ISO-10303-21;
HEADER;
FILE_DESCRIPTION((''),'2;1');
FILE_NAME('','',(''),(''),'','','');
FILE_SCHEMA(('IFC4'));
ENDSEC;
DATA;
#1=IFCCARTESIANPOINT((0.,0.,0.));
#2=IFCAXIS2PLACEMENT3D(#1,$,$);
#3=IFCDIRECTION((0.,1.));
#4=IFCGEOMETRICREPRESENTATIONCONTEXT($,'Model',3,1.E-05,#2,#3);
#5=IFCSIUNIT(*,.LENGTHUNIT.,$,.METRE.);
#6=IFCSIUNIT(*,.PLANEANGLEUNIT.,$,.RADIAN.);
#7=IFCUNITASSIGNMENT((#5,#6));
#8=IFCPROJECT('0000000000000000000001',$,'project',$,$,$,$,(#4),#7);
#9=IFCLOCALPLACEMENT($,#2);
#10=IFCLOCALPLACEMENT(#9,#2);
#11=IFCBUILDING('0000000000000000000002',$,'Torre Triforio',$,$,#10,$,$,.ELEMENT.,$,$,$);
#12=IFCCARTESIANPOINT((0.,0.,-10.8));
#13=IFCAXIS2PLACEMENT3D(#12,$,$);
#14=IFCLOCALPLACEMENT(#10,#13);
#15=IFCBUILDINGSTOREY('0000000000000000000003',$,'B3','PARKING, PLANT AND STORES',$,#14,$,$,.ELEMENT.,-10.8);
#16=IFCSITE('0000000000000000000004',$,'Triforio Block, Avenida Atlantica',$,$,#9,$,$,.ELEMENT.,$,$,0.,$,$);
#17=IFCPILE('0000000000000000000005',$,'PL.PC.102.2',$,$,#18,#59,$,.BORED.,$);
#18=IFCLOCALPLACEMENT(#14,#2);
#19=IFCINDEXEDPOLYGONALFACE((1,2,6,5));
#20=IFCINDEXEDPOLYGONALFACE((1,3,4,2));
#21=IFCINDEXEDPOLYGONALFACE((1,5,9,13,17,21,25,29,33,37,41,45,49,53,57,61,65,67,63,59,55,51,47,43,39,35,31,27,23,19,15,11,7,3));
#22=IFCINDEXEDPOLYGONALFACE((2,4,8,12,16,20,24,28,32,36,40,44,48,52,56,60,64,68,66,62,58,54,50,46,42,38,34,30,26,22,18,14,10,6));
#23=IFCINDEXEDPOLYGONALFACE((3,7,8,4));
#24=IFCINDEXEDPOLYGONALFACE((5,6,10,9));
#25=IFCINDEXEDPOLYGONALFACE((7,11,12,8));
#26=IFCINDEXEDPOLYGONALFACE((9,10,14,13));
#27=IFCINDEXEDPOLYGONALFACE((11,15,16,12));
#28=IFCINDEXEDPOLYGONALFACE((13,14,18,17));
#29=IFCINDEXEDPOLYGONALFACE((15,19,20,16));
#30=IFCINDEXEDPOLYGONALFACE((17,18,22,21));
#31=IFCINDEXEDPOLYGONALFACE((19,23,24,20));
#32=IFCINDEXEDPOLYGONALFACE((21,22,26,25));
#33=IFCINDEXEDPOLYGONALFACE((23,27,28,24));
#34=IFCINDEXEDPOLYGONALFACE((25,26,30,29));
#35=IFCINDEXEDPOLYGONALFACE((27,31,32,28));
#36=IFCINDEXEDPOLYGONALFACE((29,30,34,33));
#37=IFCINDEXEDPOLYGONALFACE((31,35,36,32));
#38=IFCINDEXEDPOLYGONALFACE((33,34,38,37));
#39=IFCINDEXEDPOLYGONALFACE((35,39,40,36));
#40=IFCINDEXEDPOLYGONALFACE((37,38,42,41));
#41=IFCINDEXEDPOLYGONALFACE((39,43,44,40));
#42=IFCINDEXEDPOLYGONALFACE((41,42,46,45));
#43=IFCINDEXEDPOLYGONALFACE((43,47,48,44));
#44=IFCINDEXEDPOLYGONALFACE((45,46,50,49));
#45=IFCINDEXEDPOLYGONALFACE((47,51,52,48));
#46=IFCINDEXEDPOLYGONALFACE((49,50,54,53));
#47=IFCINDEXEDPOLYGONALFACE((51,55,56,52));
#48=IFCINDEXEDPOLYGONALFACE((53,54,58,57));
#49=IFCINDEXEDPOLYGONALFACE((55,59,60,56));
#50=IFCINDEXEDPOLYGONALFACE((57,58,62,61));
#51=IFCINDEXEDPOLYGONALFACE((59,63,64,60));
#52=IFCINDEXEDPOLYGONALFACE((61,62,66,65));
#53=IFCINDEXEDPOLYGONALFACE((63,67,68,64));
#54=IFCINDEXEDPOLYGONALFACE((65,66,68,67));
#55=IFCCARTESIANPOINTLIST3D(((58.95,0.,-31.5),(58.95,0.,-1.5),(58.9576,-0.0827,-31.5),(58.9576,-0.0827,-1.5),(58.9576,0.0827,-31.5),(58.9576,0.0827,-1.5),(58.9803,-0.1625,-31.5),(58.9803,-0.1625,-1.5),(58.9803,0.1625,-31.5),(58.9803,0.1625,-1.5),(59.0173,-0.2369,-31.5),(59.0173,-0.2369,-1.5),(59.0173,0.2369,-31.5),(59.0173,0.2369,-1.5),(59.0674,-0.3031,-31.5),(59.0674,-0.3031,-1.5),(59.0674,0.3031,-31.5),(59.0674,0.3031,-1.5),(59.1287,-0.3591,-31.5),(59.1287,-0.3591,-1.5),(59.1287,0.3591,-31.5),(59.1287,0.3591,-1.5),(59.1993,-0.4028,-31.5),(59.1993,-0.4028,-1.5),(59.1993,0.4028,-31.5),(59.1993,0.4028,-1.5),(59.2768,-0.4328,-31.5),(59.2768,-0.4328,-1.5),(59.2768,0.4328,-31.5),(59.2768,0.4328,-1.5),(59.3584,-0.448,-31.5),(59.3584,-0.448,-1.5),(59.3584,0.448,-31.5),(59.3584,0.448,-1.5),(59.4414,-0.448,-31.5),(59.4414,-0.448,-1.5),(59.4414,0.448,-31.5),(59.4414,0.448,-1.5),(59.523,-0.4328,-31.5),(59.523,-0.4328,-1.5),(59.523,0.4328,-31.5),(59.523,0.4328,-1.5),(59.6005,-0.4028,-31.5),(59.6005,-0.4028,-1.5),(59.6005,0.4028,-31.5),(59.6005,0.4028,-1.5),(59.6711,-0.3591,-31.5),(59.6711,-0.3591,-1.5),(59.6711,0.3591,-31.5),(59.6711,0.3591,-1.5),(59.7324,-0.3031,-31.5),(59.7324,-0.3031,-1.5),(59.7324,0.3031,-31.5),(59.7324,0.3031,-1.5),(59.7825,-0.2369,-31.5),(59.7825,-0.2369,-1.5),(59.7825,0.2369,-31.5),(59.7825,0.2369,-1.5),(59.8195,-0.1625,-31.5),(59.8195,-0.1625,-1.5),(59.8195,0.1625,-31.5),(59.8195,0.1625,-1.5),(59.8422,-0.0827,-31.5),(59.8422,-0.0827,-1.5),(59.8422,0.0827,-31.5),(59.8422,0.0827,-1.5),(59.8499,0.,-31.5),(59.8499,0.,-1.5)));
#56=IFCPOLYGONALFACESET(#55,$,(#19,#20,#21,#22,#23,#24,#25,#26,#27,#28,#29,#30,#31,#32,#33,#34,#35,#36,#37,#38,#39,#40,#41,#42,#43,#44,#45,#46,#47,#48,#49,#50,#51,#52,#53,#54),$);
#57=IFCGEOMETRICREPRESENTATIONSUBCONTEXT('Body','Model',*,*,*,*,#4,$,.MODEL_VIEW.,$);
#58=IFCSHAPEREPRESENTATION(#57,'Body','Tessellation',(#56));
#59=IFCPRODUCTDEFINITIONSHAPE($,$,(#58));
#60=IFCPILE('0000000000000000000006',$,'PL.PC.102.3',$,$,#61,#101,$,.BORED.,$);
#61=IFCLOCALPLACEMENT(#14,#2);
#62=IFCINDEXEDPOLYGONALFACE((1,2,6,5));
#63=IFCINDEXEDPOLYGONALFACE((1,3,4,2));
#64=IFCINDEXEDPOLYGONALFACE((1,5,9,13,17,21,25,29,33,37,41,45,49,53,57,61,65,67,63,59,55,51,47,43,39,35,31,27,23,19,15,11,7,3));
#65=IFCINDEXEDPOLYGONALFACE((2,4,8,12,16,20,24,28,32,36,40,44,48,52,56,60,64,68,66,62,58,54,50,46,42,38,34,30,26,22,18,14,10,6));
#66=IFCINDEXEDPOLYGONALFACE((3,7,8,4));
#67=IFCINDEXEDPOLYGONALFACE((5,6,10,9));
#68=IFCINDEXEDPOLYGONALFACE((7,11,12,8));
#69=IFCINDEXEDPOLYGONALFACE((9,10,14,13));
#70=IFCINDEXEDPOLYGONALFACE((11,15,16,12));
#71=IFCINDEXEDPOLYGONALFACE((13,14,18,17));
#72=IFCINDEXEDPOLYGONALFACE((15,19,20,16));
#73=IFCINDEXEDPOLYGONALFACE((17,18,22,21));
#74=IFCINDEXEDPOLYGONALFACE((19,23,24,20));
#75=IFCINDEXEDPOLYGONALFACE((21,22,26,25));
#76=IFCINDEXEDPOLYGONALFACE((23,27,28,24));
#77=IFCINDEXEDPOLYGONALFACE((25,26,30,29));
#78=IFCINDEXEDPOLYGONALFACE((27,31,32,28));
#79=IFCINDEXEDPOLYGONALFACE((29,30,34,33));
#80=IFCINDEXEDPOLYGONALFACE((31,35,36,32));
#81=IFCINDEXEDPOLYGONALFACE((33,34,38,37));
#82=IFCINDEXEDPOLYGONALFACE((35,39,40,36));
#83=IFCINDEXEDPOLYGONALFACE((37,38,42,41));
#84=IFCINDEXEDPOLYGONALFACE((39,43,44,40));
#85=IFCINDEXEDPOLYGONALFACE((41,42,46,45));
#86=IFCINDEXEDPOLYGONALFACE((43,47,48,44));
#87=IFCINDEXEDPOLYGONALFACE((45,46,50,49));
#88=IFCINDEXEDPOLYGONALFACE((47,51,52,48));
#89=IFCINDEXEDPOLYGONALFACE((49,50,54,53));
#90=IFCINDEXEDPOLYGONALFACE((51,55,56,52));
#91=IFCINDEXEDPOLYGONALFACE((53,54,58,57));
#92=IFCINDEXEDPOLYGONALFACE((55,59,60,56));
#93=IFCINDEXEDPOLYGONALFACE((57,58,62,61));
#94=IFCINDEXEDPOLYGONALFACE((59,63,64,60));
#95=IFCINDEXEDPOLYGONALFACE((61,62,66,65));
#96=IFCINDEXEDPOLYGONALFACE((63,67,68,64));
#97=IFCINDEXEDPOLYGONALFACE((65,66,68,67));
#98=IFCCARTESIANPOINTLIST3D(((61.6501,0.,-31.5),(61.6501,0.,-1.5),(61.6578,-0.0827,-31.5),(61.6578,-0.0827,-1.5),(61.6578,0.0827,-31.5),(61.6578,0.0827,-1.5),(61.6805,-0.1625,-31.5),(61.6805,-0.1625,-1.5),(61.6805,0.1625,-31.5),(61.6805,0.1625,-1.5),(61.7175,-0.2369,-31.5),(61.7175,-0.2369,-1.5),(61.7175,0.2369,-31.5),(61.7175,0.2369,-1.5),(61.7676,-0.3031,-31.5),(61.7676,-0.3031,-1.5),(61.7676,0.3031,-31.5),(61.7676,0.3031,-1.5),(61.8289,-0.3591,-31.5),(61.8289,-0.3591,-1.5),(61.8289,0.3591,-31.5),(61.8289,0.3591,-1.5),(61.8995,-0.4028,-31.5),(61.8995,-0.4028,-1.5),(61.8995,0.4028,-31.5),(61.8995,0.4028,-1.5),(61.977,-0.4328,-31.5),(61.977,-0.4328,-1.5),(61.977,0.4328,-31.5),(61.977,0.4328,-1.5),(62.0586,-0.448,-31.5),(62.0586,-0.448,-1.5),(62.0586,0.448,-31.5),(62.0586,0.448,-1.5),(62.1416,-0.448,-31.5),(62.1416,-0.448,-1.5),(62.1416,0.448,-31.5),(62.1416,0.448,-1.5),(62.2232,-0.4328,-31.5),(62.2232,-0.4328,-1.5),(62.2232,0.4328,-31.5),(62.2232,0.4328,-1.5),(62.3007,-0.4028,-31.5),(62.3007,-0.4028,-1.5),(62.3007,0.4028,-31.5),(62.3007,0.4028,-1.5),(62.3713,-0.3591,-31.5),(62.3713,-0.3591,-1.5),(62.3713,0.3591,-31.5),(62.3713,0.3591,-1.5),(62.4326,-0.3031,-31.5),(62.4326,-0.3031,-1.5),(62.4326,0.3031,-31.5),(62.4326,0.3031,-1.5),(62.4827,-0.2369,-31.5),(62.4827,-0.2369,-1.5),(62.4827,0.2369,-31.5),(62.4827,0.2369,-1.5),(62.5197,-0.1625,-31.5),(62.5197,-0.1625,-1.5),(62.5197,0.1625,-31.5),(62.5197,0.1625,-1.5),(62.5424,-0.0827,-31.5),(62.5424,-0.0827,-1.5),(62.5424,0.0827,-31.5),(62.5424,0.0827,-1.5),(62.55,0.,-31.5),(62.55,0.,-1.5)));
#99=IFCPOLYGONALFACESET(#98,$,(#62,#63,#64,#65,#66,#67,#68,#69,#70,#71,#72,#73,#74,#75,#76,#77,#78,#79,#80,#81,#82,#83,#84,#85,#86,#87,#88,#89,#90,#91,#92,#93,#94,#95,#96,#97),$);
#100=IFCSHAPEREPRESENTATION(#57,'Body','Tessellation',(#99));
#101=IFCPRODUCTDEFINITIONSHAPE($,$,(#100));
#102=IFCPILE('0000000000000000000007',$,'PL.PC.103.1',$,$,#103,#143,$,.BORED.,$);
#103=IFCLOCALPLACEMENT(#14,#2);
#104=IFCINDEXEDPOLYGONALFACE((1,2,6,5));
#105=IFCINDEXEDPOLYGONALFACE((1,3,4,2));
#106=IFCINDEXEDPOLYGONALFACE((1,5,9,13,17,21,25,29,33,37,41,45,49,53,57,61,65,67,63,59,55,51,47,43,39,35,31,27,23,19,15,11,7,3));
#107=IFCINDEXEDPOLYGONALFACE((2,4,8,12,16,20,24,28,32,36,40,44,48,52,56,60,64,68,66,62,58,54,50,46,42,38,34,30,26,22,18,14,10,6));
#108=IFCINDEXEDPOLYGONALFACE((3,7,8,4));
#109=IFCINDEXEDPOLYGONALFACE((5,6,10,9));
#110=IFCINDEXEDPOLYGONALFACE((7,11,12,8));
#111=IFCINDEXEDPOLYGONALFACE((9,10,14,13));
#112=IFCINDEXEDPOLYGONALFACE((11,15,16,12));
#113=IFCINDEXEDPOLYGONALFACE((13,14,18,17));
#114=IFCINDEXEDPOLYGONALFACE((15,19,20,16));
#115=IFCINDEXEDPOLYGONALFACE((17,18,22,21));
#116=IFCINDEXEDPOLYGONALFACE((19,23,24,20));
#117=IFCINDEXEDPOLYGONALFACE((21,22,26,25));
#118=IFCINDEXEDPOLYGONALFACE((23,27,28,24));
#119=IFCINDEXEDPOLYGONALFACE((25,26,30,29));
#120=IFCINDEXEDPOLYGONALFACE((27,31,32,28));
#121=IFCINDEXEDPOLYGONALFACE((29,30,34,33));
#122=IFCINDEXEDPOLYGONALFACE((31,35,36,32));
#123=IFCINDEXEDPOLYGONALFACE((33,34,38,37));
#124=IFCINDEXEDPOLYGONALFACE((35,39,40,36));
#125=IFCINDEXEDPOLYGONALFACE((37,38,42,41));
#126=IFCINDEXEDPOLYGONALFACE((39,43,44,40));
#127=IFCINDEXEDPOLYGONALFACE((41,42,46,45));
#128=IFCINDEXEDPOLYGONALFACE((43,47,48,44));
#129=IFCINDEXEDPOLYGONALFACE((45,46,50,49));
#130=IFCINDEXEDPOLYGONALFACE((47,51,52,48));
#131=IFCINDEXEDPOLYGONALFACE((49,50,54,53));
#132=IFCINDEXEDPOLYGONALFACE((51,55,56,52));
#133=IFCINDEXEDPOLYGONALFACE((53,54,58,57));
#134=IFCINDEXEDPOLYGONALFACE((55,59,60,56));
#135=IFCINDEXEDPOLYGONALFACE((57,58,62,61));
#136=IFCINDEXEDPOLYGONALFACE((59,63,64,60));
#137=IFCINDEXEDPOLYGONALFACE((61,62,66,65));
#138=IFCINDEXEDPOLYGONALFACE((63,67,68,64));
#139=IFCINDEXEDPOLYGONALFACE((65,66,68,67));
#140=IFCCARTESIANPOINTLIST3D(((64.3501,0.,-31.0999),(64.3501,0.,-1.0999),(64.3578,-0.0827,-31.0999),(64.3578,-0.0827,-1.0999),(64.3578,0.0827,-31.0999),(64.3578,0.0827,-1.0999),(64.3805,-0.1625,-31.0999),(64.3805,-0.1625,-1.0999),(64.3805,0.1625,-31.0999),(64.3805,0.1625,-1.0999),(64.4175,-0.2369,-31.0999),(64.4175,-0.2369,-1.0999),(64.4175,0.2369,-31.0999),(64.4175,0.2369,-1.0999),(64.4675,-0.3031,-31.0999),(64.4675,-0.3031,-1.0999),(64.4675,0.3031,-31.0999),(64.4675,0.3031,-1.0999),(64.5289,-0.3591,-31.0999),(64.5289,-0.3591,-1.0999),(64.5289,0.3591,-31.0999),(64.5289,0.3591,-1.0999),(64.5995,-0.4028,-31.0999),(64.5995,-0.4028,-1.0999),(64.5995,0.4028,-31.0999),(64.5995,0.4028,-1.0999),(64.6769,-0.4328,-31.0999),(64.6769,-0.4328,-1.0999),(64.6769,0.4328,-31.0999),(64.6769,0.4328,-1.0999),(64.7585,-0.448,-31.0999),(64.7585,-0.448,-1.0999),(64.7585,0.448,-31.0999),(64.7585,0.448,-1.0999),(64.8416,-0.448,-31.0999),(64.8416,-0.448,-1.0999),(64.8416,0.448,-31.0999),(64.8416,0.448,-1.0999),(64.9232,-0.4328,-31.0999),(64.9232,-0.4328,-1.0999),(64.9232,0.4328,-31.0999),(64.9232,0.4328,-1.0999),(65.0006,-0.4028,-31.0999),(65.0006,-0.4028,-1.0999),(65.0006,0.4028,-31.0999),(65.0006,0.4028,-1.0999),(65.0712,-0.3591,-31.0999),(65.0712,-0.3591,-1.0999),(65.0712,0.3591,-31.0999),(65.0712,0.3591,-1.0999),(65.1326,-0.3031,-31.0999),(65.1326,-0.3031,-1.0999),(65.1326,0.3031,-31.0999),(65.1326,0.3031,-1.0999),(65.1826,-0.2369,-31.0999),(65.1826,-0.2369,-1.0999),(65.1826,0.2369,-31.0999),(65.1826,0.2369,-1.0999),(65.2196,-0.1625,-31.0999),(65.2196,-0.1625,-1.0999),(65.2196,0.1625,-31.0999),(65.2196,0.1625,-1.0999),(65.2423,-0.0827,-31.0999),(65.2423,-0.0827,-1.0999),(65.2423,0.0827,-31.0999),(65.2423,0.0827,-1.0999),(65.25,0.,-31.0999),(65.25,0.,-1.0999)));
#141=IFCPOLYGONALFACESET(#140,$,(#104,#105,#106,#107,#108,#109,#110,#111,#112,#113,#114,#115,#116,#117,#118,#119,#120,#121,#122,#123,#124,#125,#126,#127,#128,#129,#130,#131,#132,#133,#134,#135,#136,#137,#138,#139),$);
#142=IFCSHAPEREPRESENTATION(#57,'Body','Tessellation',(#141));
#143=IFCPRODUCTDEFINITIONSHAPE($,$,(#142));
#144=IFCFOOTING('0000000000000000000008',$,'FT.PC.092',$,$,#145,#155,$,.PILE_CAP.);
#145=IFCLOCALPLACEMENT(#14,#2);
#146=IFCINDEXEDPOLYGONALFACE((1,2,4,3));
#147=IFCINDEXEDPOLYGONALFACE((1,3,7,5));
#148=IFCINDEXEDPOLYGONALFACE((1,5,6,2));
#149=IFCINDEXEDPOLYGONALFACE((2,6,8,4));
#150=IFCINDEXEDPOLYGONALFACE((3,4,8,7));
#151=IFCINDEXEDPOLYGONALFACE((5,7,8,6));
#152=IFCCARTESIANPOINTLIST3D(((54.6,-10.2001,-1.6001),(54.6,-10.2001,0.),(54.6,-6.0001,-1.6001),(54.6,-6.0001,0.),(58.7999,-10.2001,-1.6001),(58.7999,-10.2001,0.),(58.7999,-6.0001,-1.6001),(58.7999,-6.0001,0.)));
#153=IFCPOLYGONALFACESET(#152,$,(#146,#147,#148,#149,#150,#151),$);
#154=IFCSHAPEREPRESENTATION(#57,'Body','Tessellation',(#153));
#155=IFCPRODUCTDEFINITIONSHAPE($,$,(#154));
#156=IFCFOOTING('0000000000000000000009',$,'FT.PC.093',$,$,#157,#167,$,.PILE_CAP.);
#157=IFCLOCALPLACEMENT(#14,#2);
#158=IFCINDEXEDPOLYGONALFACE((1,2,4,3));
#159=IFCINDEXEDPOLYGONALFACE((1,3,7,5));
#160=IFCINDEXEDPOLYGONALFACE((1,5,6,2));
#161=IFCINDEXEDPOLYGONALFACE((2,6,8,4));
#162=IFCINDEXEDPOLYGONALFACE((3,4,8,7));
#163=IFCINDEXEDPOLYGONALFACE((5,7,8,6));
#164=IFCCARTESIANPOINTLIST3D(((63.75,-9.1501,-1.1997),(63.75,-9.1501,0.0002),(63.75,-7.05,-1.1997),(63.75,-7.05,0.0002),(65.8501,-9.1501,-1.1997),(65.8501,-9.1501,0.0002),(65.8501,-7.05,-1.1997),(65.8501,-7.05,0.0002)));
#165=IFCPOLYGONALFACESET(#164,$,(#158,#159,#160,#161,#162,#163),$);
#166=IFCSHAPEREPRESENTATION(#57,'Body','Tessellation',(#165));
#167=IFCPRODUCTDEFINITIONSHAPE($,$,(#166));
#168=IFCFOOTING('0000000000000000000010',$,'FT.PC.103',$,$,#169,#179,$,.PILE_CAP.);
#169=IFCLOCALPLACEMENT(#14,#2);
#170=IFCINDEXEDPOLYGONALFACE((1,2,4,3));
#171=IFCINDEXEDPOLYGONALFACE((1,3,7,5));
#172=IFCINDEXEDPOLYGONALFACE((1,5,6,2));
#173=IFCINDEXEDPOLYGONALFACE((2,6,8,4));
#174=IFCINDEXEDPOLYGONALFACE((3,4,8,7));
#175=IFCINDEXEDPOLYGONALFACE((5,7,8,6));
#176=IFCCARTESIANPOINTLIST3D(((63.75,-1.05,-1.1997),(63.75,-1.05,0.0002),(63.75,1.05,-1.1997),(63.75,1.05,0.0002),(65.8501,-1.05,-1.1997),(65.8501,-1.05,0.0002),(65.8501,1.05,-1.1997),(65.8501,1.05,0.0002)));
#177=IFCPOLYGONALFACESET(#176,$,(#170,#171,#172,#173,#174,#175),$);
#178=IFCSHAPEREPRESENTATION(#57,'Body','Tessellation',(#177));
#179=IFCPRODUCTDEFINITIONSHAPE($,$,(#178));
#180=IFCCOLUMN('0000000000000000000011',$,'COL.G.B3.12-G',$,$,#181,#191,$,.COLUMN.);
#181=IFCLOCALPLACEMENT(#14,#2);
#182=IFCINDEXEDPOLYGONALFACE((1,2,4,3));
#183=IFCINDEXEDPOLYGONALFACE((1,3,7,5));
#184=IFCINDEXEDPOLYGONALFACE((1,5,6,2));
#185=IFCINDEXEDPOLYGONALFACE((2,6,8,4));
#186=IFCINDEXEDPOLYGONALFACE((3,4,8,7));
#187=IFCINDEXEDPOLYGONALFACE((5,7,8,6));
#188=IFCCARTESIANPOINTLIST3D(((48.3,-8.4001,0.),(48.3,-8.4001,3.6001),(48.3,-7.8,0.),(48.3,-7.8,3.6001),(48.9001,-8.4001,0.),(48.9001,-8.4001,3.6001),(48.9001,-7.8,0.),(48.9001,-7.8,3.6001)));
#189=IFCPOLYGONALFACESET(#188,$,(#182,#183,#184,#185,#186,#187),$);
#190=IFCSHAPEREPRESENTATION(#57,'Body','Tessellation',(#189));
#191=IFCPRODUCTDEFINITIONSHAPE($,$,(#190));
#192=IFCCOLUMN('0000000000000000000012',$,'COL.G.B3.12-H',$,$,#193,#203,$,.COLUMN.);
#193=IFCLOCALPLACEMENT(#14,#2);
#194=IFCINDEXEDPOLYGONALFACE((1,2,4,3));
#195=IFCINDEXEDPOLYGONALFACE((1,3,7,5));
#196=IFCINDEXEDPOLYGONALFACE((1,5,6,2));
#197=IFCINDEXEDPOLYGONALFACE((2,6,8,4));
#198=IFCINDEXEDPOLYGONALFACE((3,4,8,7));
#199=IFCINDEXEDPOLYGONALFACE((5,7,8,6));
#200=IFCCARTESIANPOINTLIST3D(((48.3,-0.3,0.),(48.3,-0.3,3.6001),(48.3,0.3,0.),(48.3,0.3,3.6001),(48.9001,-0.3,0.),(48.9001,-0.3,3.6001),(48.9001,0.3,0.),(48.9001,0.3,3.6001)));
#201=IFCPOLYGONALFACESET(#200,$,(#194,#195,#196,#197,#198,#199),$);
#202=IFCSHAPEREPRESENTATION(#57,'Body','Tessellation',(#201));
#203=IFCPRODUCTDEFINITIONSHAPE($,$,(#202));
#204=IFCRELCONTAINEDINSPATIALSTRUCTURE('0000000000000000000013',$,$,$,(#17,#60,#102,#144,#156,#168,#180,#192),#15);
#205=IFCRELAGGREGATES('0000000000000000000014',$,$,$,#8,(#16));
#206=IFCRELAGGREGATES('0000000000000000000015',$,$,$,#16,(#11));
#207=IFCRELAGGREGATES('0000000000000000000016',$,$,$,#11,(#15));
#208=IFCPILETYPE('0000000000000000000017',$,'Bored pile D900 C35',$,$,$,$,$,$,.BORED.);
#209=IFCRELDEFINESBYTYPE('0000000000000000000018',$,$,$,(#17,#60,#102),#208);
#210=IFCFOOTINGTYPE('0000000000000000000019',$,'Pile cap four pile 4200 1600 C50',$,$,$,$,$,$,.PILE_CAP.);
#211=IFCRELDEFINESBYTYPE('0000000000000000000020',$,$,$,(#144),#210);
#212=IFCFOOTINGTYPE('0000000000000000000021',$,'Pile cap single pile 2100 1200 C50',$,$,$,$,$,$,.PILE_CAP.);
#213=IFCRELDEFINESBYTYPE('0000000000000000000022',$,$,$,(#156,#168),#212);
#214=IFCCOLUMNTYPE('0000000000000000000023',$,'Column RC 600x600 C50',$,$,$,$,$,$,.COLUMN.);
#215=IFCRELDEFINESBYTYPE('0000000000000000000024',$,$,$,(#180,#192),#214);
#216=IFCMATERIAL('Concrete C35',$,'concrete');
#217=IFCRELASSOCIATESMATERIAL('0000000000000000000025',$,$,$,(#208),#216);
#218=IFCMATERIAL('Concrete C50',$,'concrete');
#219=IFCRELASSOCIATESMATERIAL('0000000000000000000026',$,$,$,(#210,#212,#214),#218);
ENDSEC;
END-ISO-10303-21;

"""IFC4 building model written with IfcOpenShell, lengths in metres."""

from ifc_helpers import new_model, si_unit, direction, frame, origin, origin_2d, place, context, subcontext, project, spatial, rectangle, circle, extrude, material, material_profile, profile_set, type_object, element, save


model = new_model("IFC4")

# Units and contexts
model_context = context("Model", 3, precision=1e-05, world=origin(), true_north=direction((0.0, 1.0)))
body_context = subcontext(model_context, "Body", "Model", "MODEL_VIEW")
ifc_project = project(units=[si_unit("LENGTHUNIT", "METRE"), si_unit("PLANEANGLEUNIT", "RADIAN")], contexts=[model_context])

# Site, building, storey
site_placement = place(None, origin())
site = spatial("IfcSite", under=ifc_project, at=site_placement, Name="Triforio Block, Avenida Atlantica", CompositionType="ELEMENT", RefElevation=0.0)
building_placement = place(site_placement, origin())
building = spatial("IfcBuilding", under=site, at=building_placement, Name="Torre Triforio", CompositionType="ELEMENT")
storey_placement = place(building_placement, frame((0.0, 0.0, -10.8)))
storey = spatial("IfcBuildingStorey", under=building, at=storey_placement, Name="B3", Description="PARKING, PLANT AND STORES", CompositionType="ELEMENT", Elevation=-10.8)

# Piles
ifc_material_1 = material(Name="Concrete C35", Category="concrete")
ifc_material_profile_1 = material_profile(ifc_material_1, circle(Radius=0.45, at=origin_2d()), Name="RC D900")
ifc_profile_set_1 = profile_set([ifc_material_profile_1], Name="Concrete C35")
pile_type = type_object("IfcPileType", Name="Bored pile D900 C35", PredefinedType="BORED", material=ifc_profile_set_1)
for number, where, z_axis, x_axis, name in (
    (1, (59.3999, 0.0, -1.5), (0.0, 0.0, -1.0), (1.0, 0.0, 0.0), "PL.PC.102.2"),
    (2, (62.1001, 0.0, -1.5), (0.0, 0.0, -1.0), (1.0, 0.0, 0.0), "PL.PC.102.3"),
    (3, (64.8, 0.0, -1.0999), (0.0, 0.0, -1.0), (1.0, 0.0, 0.0), "PL.PC.103.1"),
):
    element("IfcPile", number, at=place(storey_placement, frame(where, z_axis=z_axis, x_axis=x_axis)), inside=storey, type_object=pile_type, Name=name, PredefinedType="BORED", context=body_context, shape_type="SweptSolid", body=[
        extrude(circle(Radius=0.45, at=origin_2d()), origin(), (0.0, 0.0, 1.0), 30.0),
    ])

# Footings
ifc_material_2 = material(Name="Concrete C50", Category="concrete")
footing_type_1 = type_object("IfcFootingType", Name="Pile cap four pile 4200 1600 C50", PredefinedType="PILE_CAP", material=ifc_material_2)
footing_placement = place(storey_placement, frame((56.7, -8.1001, -1.6001), z_axis=(0.0, 0.0, 1.0), x_axis=(1.0, 0.0, 0.0)))
element("IfcFooting", 4, at=footing_placement, inside=storey, type_object=footing_type_1, Name="FT.PC.092", PredefinedType="PILE_CAP", context=body_context, shape_type="SweptSolid", body=[
    extrude(rectangle(XDim=4.2, YDim=4.2, at=origin_2d()), origin(), (0.0, 0.0, 1.0), 1.6001),
])
footing_type_2 = type_object("IfcFootingType", Name="Pile cap single pile 2100 1200 C50", PredefinedType="PILE_CAP", material=ifc_material_2)
for number, where, z_axis, x_axis, name in (
    (5, (64.8, -8.1001, -1.1997), (0.0, 0.0, 1.0), (1.0, 0.0, 0.0), "FT.PC.093"),
    (6, (64.8, 0.0, -1.1997), (0.0, 0.0, 1.0), (1.0, 0.0, 0.0), "FT.PC.103"),
):
    element("IfcFooting", number, at=place(storey_placement, frame(where, z_axis=z_axis, x_axis=x_axis)), inside=storey, type_object=footing_type_2, Name=name, PredefinedType="PILE_CAP", context=body_context, shape_type="SweptSolid", body=[
        extrude(rectangle(XDim=2.1001, YDim=2.1001, at=origin_2d()), origin(), (0.0, 0.0, 1.0), 1.2),
    ])

# Columns
ifc_material_profile_2 = material_profile(ifc_material_2, rectangle(XDim=0.6001, YDim=0.6001, at=origin_2d()), Name="RC 600x600")
ifc_profile_set_2 = profile_set([ifc_material_profile_2], Name="Concrete C50")
column_type_1 = type_object("IfcColumnType", Name="Column RC 600x600 C50", PredefinedType="COLUMN", material=ifc_profile_set_2)
for number, where, z_axis, x_axis, name in (
    (7, (48.6001, -8.1001, 0.0), (0.0, 0.0, 1.0), (1.0, 0.0, 0.0), "COL.G.B3.12-G"),
    (8, (48.6001, 0.0, 0.0), (0.0, 0.0, 1.0), (1.0, 0.0, 0.0), "COL.G.B3.12-H"),
):
    element("IfcColumn", number, at=place(storey_placement, frame(where, z_axis=z_axis, x_axis=x_axis)), inside=storey, type_object=column_type_1, Name=name, PredefinedType="COLUMN", context=body_context, shape_type="SweptSolid", body=[
        extrude(rectangle(XDim=0.6001, YDim=0.6001, at=origin_2d()), origin(), (0.0, 0.0, 1.0), 3.6001),
    ])

save(model, "model.ifc")
